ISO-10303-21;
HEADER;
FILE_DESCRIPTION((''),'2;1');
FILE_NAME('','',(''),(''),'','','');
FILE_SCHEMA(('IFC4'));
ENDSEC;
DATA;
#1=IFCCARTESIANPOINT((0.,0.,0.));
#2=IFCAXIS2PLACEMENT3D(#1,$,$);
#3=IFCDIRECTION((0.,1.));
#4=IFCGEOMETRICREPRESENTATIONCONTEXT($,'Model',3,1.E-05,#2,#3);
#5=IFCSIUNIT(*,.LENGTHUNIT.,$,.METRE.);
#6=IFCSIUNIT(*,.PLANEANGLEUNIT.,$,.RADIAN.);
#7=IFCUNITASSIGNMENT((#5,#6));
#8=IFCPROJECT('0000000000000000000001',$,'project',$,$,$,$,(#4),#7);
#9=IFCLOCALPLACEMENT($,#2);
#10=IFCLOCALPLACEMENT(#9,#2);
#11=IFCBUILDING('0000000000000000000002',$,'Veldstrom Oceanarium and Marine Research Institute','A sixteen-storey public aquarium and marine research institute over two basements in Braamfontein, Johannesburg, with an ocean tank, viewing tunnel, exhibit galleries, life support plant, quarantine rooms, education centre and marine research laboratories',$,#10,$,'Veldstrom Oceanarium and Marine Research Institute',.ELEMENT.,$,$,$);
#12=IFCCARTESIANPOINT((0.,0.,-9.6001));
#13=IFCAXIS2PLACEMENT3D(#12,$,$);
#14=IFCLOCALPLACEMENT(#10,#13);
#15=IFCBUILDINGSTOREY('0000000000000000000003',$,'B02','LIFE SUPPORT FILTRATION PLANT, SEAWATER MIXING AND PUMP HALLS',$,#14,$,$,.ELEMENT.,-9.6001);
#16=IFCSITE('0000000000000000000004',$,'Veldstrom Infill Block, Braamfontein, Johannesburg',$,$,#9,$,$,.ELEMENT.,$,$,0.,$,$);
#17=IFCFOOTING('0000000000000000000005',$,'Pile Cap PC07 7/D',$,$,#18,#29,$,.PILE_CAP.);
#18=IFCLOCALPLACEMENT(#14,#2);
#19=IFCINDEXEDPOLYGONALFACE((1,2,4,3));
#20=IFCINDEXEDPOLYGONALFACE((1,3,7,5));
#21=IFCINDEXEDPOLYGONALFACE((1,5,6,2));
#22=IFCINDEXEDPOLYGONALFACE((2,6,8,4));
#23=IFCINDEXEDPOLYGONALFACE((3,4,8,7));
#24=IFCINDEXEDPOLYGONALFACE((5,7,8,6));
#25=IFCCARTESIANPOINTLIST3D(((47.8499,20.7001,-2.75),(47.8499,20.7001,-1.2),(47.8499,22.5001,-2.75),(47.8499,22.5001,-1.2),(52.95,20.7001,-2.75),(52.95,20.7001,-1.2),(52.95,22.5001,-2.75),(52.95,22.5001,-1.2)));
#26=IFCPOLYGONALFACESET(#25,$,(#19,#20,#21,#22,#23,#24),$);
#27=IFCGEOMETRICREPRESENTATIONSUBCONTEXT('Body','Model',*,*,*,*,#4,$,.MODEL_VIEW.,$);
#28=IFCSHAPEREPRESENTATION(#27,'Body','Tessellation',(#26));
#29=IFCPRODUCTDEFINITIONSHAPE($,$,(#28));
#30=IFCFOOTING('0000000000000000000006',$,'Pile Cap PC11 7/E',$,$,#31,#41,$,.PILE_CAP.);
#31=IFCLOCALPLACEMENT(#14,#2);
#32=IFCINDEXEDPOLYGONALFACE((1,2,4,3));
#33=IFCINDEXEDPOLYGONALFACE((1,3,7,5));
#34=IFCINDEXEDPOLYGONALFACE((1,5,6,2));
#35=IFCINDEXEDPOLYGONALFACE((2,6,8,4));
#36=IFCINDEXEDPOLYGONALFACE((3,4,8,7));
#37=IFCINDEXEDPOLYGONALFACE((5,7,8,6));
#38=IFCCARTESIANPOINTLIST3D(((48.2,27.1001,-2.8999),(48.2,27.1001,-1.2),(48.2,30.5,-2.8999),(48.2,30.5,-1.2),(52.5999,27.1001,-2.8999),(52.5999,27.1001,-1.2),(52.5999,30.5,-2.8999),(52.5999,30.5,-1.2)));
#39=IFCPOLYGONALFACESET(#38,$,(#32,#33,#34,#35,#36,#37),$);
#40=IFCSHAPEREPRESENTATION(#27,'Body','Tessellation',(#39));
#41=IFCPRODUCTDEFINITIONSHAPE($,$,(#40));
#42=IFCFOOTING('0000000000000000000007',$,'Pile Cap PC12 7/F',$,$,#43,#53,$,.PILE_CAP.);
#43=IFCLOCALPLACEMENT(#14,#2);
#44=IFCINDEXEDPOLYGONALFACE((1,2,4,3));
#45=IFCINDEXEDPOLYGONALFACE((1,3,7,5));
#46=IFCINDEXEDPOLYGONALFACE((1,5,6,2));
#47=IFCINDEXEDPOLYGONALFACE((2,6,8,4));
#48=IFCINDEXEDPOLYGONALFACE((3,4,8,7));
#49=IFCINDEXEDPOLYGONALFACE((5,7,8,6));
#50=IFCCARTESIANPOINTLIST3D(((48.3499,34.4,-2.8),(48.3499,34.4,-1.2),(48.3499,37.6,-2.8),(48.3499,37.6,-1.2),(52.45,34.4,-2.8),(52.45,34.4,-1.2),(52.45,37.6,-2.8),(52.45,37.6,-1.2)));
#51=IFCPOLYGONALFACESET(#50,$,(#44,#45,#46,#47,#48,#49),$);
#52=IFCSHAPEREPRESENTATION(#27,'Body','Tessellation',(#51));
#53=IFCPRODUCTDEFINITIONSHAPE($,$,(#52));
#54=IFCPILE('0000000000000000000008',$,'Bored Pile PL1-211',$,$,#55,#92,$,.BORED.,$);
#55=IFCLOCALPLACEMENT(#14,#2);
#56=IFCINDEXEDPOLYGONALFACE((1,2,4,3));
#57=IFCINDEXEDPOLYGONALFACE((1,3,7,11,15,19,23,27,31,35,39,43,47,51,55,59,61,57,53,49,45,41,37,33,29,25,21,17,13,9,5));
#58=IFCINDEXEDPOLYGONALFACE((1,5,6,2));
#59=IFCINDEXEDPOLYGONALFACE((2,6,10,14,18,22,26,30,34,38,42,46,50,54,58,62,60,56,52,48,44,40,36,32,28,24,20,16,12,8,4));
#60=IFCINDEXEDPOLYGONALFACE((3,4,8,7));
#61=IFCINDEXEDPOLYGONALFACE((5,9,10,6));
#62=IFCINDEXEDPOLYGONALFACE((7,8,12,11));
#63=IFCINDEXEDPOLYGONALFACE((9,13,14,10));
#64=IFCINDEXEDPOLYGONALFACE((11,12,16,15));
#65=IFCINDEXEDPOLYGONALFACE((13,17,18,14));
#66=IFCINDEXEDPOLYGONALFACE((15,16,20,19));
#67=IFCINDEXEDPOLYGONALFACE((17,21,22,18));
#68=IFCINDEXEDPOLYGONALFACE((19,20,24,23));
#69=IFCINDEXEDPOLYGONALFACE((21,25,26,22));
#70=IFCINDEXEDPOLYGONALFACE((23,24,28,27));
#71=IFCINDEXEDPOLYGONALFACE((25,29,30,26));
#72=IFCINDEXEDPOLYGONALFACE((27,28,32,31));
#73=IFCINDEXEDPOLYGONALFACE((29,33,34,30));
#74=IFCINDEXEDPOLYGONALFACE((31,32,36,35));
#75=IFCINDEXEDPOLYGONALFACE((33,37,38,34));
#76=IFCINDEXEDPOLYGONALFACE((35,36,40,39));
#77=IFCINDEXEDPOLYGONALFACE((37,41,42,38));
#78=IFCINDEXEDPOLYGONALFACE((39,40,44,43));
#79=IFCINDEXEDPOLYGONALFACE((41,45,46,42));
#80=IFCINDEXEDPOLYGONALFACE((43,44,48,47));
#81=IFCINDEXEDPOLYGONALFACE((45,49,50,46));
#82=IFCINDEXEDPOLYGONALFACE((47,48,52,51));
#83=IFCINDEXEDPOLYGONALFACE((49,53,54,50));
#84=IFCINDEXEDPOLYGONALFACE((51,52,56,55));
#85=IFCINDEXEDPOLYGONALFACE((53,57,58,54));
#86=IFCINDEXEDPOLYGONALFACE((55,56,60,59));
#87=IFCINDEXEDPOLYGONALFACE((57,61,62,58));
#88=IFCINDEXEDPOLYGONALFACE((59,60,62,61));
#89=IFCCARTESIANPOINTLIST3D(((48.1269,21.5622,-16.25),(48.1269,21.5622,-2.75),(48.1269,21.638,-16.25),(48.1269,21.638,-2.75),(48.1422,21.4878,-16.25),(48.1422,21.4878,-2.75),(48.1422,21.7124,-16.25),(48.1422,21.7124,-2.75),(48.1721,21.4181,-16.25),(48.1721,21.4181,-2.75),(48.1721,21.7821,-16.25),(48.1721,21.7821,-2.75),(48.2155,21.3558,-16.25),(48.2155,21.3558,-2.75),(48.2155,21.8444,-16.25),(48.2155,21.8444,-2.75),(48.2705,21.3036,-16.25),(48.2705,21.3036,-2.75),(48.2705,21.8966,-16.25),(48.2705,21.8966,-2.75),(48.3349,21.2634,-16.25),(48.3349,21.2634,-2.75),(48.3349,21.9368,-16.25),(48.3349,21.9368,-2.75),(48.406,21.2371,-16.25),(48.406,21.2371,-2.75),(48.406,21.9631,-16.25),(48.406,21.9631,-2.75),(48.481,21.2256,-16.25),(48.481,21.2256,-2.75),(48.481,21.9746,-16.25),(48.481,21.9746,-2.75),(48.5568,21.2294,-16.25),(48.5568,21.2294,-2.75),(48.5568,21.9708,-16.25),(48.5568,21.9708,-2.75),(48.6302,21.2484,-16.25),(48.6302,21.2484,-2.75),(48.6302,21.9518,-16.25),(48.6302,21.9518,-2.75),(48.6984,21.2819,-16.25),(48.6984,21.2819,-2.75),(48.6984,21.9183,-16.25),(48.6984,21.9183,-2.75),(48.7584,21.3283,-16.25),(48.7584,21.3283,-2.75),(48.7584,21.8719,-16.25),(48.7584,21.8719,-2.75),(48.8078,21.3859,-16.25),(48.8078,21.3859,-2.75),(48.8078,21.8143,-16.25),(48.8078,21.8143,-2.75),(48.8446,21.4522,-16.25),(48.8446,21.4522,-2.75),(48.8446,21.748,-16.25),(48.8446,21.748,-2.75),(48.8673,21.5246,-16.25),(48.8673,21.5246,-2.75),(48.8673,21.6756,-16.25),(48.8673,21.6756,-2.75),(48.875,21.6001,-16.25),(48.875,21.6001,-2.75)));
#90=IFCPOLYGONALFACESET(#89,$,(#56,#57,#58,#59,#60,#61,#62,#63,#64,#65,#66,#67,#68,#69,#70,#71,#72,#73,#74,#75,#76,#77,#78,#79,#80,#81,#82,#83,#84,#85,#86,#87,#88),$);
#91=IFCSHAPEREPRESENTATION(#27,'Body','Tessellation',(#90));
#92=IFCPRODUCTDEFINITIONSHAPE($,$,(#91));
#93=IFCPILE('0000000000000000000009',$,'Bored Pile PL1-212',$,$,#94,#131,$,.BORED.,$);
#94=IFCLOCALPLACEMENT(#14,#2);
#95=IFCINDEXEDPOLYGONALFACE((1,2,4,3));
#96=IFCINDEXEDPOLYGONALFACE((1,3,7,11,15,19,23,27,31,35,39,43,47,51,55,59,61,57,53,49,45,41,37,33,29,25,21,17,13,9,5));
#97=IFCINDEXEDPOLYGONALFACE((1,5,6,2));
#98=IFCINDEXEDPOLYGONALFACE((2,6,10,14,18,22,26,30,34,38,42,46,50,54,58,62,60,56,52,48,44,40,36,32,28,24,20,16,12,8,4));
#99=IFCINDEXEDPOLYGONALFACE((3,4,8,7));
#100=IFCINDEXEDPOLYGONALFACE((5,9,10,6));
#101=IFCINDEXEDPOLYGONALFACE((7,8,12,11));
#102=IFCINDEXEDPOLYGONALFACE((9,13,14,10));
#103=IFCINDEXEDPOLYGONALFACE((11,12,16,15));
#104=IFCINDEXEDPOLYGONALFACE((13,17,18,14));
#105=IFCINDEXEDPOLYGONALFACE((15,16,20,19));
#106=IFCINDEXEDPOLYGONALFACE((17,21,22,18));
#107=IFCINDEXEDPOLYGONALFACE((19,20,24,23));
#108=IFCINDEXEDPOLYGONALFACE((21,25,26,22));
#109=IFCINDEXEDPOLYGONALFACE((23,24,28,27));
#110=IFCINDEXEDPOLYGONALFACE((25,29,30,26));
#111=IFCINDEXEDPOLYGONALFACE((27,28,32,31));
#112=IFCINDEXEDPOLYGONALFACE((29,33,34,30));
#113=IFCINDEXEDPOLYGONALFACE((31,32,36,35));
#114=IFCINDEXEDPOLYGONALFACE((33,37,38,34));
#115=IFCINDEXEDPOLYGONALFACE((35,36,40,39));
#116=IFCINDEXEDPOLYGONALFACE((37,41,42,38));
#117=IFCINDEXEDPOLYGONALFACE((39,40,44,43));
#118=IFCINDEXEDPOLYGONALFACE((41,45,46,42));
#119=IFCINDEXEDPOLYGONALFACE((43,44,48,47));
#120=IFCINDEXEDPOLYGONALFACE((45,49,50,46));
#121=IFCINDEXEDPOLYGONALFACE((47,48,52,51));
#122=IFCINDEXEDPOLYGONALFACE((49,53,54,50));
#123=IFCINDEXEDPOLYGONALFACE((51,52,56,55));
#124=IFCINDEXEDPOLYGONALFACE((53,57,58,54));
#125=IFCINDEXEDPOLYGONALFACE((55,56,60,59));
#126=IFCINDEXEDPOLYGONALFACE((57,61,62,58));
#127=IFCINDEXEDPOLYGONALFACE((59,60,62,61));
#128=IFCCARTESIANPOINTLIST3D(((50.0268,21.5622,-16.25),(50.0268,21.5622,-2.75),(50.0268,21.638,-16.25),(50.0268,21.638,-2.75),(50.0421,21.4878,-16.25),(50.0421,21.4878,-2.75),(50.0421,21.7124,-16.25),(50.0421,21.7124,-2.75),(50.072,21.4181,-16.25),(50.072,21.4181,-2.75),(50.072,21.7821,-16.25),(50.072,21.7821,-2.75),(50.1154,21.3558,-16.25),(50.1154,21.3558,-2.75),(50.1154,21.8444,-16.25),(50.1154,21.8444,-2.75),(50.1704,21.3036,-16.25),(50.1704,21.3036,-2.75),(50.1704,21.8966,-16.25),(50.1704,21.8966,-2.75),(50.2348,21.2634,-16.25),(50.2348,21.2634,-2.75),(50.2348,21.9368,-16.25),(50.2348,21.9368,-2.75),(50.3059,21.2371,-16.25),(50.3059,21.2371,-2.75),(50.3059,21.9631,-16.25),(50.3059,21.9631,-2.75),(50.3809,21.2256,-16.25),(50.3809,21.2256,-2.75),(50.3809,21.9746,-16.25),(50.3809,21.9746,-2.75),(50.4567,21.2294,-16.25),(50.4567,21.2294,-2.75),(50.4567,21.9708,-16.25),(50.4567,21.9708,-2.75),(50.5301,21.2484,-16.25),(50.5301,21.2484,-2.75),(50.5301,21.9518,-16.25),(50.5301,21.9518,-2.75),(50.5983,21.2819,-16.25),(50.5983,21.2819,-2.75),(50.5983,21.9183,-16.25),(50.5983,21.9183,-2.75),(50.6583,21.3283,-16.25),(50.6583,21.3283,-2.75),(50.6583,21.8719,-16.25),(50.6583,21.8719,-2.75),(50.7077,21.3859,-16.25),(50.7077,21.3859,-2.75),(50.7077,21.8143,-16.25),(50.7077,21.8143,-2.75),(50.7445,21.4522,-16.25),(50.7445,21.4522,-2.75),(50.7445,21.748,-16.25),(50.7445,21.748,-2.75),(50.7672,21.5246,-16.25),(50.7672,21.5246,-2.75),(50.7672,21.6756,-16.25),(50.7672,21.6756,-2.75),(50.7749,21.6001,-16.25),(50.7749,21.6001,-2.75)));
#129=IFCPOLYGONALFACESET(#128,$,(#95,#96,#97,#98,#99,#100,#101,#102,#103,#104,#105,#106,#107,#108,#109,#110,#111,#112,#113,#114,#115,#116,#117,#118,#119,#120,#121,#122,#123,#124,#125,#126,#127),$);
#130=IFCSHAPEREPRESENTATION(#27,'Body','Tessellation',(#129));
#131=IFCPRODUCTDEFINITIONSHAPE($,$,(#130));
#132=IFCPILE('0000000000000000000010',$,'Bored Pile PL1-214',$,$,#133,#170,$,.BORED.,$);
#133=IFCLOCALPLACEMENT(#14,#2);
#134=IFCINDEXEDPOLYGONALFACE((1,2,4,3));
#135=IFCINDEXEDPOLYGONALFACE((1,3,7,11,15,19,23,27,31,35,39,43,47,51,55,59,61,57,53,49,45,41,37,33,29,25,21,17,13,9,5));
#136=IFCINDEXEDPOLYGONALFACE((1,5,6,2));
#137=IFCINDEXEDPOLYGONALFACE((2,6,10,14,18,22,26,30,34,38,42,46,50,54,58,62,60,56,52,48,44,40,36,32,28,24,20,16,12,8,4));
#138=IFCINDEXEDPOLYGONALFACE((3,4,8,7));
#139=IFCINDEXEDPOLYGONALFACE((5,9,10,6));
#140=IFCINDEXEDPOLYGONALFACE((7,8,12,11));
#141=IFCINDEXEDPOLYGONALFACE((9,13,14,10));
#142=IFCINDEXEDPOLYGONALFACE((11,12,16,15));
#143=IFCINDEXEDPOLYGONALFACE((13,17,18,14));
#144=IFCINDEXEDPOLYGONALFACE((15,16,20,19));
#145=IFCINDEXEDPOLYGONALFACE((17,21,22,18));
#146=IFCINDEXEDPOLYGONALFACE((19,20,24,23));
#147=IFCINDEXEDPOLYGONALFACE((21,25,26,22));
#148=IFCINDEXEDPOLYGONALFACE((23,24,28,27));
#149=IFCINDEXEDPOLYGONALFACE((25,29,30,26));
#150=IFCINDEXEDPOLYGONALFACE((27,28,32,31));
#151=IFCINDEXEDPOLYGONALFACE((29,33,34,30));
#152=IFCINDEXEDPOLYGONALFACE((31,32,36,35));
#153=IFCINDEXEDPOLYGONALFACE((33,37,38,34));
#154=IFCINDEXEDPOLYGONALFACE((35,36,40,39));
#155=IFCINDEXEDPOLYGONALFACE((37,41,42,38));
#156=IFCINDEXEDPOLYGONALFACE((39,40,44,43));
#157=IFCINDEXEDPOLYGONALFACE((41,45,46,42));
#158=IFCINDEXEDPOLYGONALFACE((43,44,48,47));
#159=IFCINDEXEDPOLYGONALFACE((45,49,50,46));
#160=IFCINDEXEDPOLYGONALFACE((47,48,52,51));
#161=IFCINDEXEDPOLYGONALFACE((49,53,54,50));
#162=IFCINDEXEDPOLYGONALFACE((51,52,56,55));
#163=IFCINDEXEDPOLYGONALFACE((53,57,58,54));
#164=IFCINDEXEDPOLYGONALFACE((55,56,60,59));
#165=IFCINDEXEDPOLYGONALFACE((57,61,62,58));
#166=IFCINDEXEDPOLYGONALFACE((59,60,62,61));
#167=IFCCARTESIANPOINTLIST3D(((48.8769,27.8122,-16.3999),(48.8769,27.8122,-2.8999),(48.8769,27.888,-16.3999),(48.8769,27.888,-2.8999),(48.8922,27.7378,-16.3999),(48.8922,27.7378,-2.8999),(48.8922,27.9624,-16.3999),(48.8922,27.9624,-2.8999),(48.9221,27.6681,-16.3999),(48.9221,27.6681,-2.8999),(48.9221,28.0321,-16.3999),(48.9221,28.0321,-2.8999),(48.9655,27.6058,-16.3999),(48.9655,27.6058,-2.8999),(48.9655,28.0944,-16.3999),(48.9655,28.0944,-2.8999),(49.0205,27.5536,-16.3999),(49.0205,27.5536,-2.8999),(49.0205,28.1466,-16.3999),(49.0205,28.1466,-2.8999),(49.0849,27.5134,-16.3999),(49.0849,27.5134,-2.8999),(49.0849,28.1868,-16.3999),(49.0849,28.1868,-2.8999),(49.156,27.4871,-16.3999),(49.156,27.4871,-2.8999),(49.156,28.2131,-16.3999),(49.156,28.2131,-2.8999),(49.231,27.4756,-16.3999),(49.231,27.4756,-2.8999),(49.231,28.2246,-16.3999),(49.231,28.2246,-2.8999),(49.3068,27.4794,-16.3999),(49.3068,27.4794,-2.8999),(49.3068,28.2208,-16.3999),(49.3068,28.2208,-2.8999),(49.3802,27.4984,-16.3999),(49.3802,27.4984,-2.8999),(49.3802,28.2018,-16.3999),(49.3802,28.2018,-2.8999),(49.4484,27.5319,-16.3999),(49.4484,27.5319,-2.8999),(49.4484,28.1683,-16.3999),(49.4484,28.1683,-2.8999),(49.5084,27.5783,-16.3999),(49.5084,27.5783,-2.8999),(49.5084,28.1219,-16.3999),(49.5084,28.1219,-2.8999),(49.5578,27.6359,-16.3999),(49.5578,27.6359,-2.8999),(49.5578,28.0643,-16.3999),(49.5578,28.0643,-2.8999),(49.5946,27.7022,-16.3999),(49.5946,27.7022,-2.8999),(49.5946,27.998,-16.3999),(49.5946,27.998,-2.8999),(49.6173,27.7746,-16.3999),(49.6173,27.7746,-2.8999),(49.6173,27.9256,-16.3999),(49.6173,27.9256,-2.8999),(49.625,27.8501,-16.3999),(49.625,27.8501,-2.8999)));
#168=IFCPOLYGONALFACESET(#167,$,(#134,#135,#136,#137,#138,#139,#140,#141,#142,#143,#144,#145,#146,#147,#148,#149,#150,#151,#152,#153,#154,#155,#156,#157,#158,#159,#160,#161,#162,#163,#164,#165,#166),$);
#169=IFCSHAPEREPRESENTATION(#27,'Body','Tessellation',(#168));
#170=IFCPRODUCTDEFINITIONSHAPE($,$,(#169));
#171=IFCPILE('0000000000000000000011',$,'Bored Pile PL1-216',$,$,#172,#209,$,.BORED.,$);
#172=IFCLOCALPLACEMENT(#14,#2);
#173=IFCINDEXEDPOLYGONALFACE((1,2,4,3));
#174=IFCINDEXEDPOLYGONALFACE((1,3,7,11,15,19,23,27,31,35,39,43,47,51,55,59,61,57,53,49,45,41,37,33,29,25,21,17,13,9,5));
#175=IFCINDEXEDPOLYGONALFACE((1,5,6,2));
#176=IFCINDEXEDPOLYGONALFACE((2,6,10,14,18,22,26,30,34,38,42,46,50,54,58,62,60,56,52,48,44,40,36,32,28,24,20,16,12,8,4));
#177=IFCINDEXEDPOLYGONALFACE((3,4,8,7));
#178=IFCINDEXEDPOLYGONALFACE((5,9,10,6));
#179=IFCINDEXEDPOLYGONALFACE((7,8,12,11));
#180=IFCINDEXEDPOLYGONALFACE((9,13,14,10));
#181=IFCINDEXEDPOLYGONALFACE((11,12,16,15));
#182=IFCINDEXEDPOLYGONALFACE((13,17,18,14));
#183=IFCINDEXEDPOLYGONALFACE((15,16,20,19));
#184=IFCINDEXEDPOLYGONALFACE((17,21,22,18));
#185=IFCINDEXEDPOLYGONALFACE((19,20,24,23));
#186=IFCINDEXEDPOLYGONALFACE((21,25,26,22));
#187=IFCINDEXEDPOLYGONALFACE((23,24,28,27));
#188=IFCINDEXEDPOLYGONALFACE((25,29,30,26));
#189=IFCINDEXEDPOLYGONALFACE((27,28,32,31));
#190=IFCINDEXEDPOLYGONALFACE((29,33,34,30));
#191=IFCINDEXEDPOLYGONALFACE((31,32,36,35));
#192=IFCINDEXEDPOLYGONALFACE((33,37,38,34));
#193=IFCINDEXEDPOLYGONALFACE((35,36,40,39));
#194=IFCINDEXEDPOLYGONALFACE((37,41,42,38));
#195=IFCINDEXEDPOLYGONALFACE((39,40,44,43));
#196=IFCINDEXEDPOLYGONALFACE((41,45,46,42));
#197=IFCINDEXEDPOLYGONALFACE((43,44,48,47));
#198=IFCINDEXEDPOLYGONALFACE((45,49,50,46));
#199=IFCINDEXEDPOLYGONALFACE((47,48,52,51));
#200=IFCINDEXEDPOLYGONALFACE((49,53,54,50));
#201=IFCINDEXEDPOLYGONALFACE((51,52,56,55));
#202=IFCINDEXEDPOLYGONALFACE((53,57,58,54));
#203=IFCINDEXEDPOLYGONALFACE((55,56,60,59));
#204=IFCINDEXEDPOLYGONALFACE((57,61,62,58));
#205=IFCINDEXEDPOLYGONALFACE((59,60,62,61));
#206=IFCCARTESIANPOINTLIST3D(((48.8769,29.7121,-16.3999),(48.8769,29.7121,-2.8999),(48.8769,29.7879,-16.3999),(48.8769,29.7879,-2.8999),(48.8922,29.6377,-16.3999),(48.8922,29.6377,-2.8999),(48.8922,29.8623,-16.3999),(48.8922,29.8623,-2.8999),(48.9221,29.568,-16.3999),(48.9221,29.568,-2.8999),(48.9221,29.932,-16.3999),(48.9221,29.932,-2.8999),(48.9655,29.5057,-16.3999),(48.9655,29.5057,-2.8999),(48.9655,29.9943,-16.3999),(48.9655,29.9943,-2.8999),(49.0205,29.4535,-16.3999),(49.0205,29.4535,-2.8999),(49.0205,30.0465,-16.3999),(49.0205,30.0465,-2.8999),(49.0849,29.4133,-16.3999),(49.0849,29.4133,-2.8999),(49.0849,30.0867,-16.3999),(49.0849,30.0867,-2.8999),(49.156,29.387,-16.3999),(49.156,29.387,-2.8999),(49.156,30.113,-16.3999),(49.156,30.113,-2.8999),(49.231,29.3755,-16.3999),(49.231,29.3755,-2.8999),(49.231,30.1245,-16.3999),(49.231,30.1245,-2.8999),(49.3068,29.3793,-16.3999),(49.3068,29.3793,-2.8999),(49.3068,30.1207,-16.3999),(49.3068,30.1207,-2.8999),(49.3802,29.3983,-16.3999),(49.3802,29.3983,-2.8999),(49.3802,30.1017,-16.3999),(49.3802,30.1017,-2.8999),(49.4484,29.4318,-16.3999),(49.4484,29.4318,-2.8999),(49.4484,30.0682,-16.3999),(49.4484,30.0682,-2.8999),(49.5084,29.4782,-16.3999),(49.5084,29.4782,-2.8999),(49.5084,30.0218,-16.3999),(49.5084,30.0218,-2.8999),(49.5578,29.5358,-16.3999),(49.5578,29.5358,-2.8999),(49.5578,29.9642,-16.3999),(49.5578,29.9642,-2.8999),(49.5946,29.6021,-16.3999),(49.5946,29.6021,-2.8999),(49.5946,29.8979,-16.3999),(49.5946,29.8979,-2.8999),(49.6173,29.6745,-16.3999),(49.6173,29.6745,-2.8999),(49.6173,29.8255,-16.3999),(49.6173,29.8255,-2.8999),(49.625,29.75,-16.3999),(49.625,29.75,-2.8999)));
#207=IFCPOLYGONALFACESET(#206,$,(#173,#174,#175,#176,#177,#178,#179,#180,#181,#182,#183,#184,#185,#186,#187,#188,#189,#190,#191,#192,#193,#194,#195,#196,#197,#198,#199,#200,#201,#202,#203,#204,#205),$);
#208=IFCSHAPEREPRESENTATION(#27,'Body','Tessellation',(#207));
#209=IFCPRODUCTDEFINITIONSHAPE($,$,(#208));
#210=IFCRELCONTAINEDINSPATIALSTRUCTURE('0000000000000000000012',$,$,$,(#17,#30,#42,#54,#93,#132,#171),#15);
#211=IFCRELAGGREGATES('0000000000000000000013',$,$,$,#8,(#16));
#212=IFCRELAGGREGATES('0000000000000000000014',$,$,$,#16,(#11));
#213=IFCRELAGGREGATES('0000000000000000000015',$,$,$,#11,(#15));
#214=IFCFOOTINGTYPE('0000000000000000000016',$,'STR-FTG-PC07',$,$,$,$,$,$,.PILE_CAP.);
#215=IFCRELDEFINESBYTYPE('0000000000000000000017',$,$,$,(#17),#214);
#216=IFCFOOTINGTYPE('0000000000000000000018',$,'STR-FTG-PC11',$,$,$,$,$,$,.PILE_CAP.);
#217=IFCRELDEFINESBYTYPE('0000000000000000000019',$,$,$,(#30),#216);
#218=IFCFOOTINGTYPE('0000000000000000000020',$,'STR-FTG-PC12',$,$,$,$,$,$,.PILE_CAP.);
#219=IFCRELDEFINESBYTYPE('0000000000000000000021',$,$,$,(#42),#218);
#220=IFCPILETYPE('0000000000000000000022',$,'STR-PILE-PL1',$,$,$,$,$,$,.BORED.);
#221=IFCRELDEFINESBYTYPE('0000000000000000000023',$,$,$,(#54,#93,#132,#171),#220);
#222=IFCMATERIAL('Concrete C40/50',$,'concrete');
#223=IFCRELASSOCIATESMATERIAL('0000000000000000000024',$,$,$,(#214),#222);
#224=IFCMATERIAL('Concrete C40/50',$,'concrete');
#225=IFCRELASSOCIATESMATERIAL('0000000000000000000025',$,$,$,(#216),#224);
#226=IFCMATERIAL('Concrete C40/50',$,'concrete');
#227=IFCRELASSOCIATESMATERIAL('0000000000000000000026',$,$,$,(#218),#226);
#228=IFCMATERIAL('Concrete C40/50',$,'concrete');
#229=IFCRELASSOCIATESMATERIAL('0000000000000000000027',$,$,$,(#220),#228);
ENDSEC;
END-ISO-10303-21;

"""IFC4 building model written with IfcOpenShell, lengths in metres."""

from ifc_helpers import new_model, si_unit, direction, frame, origin, origin_2d, place, context, subcontext, project, spatial, rectangle, circle, extrude, material, material_profile, profile_set, type_object, element, save


model = new_model("IFC4")

# Units and contexts
model_context = context("Model", 3, precision=1e-05, world=origin(), true_north=direction((0.0, 1.0)))
body_context = subcontext(model_context, "Body", "Model", "MODEL_VIEW")
ifc_project = project(units=[si_unit("LENGTHUNIT", "METRE"), si_unit("PLANEANGLEUNIT", "RADIAN")], contexts=[model_context])

# Site, building, storey
site_placement = place(None, origin())
site = spatial("IfcSite", under=ifc_project, at=site_placement, Name="Veldstrom Infill Block, Braamfontein, Johannesburg", CompositionType="ELEMENT", RefElevation=0.0)
building_placement = place(site_placement, origin())
building = spatial("IfcBuilding", under=site, at=building_placement, Name="Veldstrom Oceanarium and Marine Research Institute", Description="A sixteen-storey public aquarium and marine research institute over two basements in Braamfontein, Johannesburg, with an ocean tank, viewing tunnel, exhibit galleries, life support plant, quarantine rooms, education centre and marine research laboratories", LongName="Veldstrom Oceanarium and Marine Research Institute", CompositionType="ELEMENT")
storey_placement = place(building_placement, frame((0.0, 0.0, -9.6001)))
storey = spatial("IfcBuildingStorey", under=building, at=storey_placement, Name="B02", Description="LIFE SUPPORT FILTRATION PLANT, SEAWATER MIXING AND PUMP HALLS", CompositionType="ELEMENT", Elevation=-9.6001)

# Footings
ifc_material_1 = material(Name="Concrete C40/50", Category="concrete")
footing_type_1 = type_object("IfcFootingType", Name="STR-FTG-PC07", PredefinedType="PILE_CAP", material=ifc_material_1)
footing_1_placement = place(storey_placement, frame((50.3999, 21.6001, -2.75), z_axis=(0.0, 0.0, 1.0), x_axis=(1.0, 0.0, 0.0)))
element("IfcFooting", 1, at=footing_1_placement, inside=storey, type_object=footing_type_1, Name="Pile Cap PC07 7/D", PredefinedType="PILE_CAP", context=body_context, shape_type="SweptSolid", body=[
    extrude(rectangle(XDim=5.1001, YDim=1.8, at=origin_2d()), origin(), (0.0, 0.0, 1.0), 1.55),
])
ifc_material_2 = material(Name="Concrete C40/50", Category="concrete")
footing_type_2 = type_object("IfcFootingType", Name="STR-FTG-PC11", PredefinedType="PILE_CAP", material=ifc_material_2)
footing_2_placement = place(storey_placement, frame((50.3999, 28.8, -2.8999), z_axis=(0.0, 0.0, 1.0), x_axis=(1.0, 0.0, 0.0)))
element("IfcFooting", 2, at=footing_2_placement, inside=storey, type_object=footing_type_2, Name="Pile Cap PC11 7/E", PredefinedType="PILE_CAP", context=body_context, shape_type="SweptSolid", body=[
    extrude(rectangle(XDim=4.3999, YDim=3.3999, at=origin_2d()), origin(), (0.0, 0.0, 1.0), 1.7),
])
ifc_material_3 = material(Name="Concrete C40/50", Category="concrete")
footing_type_3 = type_object("IfcFootingType", Name="STR-FTG-PC12", PredefinedType="PILE_CAP", material=ifc_material_3)
footing_3_placement = place(storey_placement, frame((50.3999, 36.0, -2.8), z_axis=(0.0, 0.0, 1.0), x_axis=(1.0, 0.0, 0.0)))
element("IfcFooting", 3, at=footing_3_placement, inside=storey, type_object=footing_type_3, Name="Pile Cap PC12 7/F", PredefinedType="PILE_CAP", context=body_context, shape_type="SweptSolid", body=[
    extrude(rectangle(XDim=4.1001, YDim=3.2, at=origin_2d()), origin(), (0.0, 0.0, 1.0), 1.6001),
])

# Piles
ifc_material_4 = material(Name="Concrete C40/50", Category="concrete")
ifc_material_profile_1 = material_profile(ifc_material_4, circle(Radius=0.375, at=origin_2d()), Name="PILE-D750")
ifc_profile_set_1 = profile_set([ifc_material_profile_1], Name="Concrete C40/50")
pile_type_1 = type_object("IfcPileType", Name="STR-PILE-PL1", PredefinedType="BORED", material=ifc_profile_set_1)
for number, where, z_axis, x_axis, name in (
    (4, (48.5, 21.6001, -2.75), (0.0, 0.0, -1.0), (1.0, 0.0, 0.0), "Bored Pile PL1-211"),
    (5, (50.3999, 21.6001, -2.75), (0.0, 0.0, -1.0), (1.0, 0.0, 0.0), "Bored Pile PL1-212"),
    (6, (49.25, 27.8501, -2.8999), (0.0, 0.0, -1.0), (1.0, 0.0, 0.0), "Bored Pile PL1-214"),
    (7, (49.25, 29.75, -2.8999), (0.0, 0.0, -1.0), (1.0, 0.0, 0.0), "Bored Pile PL1-216"),
):
    element("IfcPile", number, at=place(storey_placement, frame(where, z_axis=z_axis, x_axis=x_axis)), inside=storey, type_object=pile_type_1, Name=name, PredefinedType="BORED", context=body_context, shape_type="SweptSolid", body=[
        extrude(circle(Radius=0.375, at=origin_2d()), origin(), (0.0, 0.0, 1.0), 13.5),
    ])

save(model, "model.ifc")
